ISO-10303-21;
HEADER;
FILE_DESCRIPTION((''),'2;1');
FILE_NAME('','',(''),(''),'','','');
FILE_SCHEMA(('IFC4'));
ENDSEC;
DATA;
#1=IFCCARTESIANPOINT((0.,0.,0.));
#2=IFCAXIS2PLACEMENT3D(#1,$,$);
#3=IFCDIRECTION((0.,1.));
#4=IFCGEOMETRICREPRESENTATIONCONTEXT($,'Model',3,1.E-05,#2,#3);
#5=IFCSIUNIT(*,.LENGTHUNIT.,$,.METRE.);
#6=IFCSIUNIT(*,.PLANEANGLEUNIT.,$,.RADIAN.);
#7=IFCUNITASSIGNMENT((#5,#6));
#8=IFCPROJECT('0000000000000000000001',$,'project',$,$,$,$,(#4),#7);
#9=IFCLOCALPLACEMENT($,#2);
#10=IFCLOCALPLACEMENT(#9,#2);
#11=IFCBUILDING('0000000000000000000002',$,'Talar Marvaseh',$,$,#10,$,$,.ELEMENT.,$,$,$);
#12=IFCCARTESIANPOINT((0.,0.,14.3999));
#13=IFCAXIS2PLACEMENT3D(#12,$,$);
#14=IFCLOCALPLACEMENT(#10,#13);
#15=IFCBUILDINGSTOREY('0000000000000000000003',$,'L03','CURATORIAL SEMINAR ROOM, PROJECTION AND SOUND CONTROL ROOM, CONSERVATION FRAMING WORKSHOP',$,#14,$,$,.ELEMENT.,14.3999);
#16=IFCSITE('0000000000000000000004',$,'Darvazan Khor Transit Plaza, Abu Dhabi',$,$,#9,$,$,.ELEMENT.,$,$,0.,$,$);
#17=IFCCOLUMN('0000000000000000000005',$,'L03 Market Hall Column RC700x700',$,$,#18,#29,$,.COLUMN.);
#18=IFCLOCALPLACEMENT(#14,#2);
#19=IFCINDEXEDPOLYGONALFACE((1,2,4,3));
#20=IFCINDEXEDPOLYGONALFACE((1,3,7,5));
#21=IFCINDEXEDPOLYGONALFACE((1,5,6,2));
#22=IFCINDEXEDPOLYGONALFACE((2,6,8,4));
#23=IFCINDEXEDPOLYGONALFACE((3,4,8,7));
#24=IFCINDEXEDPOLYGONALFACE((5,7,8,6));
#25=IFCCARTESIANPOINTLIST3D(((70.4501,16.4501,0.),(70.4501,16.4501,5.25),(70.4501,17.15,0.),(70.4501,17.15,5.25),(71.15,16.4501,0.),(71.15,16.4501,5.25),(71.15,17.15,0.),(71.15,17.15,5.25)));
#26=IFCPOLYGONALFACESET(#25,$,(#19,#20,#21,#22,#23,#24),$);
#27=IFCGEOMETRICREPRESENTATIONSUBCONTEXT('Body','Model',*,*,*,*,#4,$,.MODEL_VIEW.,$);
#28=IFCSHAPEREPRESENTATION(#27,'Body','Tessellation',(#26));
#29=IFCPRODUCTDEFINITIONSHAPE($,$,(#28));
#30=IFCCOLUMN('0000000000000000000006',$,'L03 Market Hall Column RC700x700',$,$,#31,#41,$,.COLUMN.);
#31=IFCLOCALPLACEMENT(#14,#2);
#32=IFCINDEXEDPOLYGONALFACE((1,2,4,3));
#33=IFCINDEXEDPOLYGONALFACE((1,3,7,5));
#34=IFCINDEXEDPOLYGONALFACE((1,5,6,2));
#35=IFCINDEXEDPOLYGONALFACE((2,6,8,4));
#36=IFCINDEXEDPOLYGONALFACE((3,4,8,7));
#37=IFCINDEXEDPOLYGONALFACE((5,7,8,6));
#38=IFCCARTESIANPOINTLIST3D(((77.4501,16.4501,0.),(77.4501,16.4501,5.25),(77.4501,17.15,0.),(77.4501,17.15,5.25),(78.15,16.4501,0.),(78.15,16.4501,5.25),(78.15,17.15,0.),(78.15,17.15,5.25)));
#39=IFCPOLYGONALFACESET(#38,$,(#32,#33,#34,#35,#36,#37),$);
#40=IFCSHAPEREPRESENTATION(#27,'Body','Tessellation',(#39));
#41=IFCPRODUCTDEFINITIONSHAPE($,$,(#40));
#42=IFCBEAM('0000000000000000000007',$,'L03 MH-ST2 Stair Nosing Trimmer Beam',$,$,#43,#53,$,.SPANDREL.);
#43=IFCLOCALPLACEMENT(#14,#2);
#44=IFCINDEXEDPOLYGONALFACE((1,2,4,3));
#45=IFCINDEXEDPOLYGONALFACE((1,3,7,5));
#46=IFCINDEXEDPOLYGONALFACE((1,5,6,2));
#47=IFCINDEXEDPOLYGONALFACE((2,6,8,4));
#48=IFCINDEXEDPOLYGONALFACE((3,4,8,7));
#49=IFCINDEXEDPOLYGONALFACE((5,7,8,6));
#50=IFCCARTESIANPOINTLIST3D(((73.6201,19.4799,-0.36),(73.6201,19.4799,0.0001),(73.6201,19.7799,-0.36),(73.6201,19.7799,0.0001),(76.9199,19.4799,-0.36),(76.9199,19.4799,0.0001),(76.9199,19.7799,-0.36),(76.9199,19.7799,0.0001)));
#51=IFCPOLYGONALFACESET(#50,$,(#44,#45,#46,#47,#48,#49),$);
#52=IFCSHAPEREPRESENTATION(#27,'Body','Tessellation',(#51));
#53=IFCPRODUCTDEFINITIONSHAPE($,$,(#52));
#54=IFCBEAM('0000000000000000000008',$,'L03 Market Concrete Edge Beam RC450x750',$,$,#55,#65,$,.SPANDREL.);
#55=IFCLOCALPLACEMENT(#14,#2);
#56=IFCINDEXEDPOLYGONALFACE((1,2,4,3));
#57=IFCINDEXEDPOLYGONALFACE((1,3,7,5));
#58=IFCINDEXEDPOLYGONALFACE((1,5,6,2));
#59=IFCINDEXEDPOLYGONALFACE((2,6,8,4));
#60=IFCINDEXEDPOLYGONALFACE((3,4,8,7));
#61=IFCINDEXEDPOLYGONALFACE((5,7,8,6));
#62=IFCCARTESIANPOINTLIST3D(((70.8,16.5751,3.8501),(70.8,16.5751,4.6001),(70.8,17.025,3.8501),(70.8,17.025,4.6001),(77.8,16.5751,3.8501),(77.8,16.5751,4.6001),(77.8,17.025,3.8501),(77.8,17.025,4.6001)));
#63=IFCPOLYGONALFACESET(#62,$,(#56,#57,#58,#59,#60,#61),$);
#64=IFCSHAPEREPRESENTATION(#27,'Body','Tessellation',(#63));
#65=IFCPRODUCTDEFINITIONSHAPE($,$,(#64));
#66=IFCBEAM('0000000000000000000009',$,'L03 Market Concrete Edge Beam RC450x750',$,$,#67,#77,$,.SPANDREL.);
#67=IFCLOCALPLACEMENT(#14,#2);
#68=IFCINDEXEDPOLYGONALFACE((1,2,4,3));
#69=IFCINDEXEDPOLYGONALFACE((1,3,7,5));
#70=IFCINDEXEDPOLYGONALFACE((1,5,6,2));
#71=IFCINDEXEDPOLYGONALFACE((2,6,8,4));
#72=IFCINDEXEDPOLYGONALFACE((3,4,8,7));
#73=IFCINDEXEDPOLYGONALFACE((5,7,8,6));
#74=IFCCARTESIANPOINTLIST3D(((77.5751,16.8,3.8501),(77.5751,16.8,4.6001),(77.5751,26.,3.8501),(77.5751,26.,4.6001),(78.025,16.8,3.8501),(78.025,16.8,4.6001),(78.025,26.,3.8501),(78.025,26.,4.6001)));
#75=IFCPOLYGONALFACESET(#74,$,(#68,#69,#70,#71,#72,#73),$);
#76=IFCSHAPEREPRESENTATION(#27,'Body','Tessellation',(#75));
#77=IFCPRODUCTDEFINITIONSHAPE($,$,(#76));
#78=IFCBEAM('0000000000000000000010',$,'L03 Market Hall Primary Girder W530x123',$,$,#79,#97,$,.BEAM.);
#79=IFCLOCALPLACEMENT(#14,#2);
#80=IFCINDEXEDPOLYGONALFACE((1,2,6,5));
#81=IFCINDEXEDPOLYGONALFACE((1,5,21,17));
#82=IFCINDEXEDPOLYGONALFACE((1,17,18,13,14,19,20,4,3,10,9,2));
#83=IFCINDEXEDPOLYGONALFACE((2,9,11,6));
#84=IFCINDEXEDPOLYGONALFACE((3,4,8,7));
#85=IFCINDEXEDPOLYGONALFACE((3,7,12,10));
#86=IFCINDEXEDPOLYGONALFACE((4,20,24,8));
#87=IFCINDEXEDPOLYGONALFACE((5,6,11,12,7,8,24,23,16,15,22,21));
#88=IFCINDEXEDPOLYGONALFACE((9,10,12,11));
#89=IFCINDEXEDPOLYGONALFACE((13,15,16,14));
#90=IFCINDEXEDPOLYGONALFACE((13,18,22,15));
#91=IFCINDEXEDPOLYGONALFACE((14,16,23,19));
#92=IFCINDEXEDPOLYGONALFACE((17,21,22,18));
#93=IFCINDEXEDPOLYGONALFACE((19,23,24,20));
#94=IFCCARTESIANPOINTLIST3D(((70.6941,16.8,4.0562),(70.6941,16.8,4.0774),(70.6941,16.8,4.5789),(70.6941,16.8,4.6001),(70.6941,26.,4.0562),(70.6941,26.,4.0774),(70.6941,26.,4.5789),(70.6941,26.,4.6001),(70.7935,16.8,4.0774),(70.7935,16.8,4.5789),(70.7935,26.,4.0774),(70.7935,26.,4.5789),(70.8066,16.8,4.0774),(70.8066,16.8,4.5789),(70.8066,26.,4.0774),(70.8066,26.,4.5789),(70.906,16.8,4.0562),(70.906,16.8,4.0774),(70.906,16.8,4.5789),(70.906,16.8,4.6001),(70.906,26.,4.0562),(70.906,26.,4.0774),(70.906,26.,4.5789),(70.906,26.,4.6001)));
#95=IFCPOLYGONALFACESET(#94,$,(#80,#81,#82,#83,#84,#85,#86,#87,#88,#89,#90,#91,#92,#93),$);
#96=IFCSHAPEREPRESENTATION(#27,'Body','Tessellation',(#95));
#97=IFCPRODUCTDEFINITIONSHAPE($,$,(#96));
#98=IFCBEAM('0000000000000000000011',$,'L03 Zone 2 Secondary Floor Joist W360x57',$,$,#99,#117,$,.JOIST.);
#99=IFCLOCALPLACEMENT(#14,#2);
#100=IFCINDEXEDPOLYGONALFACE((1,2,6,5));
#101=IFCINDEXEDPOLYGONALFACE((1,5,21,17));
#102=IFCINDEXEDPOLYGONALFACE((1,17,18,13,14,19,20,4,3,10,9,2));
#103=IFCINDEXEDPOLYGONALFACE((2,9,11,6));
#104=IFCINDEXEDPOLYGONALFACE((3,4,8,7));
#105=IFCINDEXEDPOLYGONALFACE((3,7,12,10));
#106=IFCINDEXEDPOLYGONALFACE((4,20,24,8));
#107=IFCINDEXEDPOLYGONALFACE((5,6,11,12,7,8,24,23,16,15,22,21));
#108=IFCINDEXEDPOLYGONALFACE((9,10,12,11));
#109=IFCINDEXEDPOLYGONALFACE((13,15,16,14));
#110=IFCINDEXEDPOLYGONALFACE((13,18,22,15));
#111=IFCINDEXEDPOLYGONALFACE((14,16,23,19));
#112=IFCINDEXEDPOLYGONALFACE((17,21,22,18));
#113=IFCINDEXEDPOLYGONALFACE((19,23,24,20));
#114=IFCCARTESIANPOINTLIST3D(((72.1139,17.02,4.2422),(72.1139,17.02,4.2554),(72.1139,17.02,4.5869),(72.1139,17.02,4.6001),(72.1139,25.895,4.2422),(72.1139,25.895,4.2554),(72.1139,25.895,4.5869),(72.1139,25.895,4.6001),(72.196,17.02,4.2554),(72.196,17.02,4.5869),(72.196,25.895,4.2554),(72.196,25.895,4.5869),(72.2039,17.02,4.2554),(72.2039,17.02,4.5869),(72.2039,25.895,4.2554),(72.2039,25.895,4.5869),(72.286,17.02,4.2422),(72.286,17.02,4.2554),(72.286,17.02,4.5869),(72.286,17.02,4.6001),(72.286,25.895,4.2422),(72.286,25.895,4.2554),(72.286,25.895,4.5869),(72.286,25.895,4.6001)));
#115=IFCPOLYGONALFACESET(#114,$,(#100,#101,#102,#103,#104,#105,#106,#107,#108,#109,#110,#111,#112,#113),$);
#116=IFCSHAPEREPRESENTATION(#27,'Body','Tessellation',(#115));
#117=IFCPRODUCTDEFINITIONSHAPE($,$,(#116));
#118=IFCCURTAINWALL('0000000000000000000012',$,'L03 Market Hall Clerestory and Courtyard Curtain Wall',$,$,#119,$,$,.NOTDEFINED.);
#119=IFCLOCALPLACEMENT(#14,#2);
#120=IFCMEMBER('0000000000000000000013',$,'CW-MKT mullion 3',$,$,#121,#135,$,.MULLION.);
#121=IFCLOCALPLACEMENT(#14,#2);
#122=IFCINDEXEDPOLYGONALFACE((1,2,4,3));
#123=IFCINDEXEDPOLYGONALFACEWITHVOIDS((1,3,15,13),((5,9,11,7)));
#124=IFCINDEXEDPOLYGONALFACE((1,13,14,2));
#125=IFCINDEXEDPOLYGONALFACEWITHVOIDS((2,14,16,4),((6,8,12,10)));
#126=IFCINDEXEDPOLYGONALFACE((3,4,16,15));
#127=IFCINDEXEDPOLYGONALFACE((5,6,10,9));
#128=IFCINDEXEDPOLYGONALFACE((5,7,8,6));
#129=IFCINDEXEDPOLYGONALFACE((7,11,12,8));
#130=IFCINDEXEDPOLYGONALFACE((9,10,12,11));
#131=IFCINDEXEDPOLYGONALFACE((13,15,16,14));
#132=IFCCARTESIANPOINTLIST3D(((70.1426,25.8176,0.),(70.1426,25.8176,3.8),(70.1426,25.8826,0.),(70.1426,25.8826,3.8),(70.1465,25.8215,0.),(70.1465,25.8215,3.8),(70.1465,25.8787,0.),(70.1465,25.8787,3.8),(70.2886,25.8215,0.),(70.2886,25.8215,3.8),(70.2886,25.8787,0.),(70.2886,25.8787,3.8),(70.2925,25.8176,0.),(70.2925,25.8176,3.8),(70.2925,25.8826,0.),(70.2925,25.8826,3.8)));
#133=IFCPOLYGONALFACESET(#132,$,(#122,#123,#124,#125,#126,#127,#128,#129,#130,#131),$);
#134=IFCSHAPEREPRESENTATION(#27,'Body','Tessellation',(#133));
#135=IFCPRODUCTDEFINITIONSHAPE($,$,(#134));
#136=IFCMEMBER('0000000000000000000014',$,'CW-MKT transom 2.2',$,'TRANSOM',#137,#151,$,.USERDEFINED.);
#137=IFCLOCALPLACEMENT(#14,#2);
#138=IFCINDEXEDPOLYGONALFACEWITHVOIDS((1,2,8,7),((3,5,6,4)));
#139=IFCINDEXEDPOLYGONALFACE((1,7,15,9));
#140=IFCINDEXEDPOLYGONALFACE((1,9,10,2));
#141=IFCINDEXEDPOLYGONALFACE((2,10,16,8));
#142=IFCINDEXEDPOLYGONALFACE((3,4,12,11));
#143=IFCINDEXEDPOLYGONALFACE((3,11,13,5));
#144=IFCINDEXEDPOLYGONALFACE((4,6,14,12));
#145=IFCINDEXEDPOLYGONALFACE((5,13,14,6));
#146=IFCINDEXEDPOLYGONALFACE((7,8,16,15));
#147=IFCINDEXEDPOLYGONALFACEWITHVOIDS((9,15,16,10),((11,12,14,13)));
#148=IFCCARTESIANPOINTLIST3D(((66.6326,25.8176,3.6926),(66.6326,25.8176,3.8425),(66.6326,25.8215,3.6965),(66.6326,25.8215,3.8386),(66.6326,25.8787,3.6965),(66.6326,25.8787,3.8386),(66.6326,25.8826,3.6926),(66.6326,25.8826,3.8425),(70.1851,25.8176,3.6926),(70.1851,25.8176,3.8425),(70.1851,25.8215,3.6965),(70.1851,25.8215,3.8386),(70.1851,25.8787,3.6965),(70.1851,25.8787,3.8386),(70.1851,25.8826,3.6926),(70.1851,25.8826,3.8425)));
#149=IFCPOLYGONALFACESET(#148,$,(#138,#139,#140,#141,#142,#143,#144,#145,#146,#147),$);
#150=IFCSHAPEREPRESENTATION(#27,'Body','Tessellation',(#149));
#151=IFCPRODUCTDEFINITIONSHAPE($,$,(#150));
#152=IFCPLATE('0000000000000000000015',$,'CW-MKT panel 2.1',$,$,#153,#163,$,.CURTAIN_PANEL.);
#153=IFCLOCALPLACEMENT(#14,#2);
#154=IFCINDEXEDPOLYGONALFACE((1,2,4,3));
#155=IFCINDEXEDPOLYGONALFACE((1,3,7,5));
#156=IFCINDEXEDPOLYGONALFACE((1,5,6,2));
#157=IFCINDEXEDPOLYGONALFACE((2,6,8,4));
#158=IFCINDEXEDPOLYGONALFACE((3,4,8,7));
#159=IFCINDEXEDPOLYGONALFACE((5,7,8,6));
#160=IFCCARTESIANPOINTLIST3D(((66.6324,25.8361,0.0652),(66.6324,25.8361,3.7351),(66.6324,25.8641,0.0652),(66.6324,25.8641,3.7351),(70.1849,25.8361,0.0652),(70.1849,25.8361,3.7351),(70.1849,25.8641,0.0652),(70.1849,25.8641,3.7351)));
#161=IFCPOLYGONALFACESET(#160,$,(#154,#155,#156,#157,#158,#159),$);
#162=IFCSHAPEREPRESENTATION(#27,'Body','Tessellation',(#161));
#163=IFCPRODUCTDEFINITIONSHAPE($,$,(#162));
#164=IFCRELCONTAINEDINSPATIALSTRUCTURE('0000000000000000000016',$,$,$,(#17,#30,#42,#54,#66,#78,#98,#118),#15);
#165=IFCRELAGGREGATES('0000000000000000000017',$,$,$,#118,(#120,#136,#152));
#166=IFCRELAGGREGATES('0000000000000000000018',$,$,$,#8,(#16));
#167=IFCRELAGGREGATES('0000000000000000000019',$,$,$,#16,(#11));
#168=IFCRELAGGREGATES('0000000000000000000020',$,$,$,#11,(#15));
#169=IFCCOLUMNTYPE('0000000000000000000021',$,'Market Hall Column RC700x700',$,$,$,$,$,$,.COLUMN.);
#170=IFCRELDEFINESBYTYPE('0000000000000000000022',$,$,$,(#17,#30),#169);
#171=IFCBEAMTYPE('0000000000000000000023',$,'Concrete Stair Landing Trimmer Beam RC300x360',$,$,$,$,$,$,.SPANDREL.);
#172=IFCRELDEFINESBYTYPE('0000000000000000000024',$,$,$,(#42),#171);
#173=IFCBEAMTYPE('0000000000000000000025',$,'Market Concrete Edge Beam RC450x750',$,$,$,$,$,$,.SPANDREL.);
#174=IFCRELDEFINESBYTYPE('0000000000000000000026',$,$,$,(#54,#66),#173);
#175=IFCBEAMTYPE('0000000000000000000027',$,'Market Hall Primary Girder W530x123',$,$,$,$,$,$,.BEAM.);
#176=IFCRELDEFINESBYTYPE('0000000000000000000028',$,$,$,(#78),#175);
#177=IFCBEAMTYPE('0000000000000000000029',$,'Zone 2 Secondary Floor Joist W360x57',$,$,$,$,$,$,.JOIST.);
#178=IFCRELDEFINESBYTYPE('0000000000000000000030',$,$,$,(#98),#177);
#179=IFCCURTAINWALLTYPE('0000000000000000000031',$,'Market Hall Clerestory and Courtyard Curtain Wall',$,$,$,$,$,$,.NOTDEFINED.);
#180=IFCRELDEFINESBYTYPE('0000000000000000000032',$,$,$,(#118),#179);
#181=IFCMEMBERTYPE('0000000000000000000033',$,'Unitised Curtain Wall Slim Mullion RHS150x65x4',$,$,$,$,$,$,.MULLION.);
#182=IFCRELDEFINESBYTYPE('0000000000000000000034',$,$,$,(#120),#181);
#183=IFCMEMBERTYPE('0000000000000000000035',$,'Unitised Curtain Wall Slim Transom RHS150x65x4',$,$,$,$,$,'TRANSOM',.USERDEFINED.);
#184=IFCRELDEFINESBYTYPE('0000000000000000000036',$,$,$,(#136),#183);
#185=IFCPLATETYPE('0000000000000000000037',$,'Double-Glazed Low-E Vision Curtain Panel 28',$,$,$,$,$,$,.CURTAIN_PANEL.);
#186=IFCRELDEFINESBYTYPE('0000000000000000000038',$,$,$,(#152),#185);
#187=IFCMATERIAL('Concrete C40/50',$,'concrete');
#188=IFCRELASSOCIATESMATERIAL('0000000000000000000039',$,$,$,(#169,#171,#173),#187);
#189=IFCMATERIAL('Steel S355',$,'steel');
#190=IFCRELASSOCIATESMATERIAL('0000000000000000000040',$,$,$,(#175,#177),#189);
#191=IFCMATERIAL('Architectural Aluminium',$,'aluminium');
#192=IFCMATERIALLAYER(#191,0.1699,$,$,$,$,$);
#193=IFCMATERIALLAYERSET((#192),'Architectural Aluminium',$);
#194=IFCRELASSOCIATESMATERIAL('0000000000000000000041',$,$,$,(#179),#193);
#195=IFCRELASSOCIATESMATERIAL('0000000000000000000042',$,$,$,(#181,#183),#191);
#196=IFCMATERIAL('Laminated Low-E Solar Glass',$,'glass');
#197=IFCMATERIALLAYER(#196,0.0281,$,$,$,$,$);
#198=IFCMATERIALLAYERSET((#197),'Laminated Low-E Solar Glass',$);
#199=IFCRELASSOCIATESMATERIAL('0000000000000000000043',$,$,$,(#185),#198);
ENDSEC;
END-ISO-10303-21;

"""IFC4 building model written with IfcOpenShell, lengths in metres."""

from ifc_helpers import new_model, si_unit, direction, frame, origin, origin_2d, place, context, subcontext, project, spatial, rectangle, hollow_rectangle, i_section, extrude, source, transform, mapped, material, layer, layer_set, material_profile, profile_set, type_object, type_shapes, element, aggregate, save


model = new_model("IFC4")

# Units and contexts
model_context = context("Model", 3, precision=1e-05, world=origin(), true_north=direction((0.0, 1.0)))
body_context = subcontext(model_context, "Body", "Model", "MODEL_VIEW")
ifc_project = project(units=[si_unit("LENGTHUNIT", "METRE"), si_unit("PLANEANGLEUNIT", "RADIAN")], contexts=[model_context])

# Site, building, storey
site_placement = place(None, origin())
site = spatial("IfcSite", under=ifc_project, at=site_placement, Name="Darvazan Khor Transit Plaza, Abu Dhabi", CompositionType="ELEMENT", RefElevation=0.0)
building_placement = place(site_placement, origin())
building = spatial("IfcBuilding", under=site, at=building_placement, Name="Talar Marvaseh", CompositionType="ELEMENT")
storey_placement = place(building_placement, frame((0.0, 0.0, 14.3999)))
storey = spatial("IfcBuildingStorey", under=building, at=storey_placement, Name="L03", Description="CURATORIAL SEMINAR ROOM, PROJECTION AND SOUND CONTROL ROOM, CONSERVATION FRAMING WORKSHOP", CompositionType="ELEMENT", Elevation=14.3999)

# Columns
ifc_material_1 = material(Name="Concrete C40/50", Category="concrete")
ifc_material_profile_1 = material_profile(ifc_material_1, rectangle(XDim=0.7, YDim=0.7, at=origin_2d()), Name="RC700x700")
ifc_profile_set_1 = profile_set([ifc_material_profile_1], Name="Concrete C40/50")
column_type = type_object("IfcColumnType", Name="Market Hall Column RC700x700", PredefinedType="COLUMN", material=ifc_profile_set_1)
for number, where, z_axis, x_axis, name in (
    (1, (70.8, 16.8, 0.0), (0.0, 0.0, 1.0), (1.0, 0.0, 0.0), "L03 Market Hall Column RC700x700"),
    (2, (77.8, 16.8, 0.0), (0.0, 0.0, 1.0), (1.0, 0.0, 0.0), "L03 Market Hall Column RC700x700"),
):
    element("IfcColumn", number, at=place(storey_placement, frame(where, z_axis=z_axis, x_axis=x_axis)), inside=storey, type_object=column_type, Name=name, PredefinedType="COLUMN", context=body_context, shape_type="SweptSolid", body=[
        extrude(rectangle(XDim=0.7, YDim=0.7, at=origin_2d()), origin(), (0.0, 0.0, 1.0), 5.25),
    ])

# Beams
ifc_material_profile_2 = material_profile(ifc_material_1, rectangle(XDim=0.3, YDim=0.3601, at=origin_2d()), Name="RC300x360")
ifc_profile_set_2 = profile_set([ifc_material_profile_2], Name="Concrete C40/50")
beam_type_1 = type_object("IfcBeamType", Name="Concrete Stair Landing Trimmer Beam RC300x360", PredefinedType="SPANDREL", material=ifc_profile_set_2)
beam_1_placement = place(storey_placement, frame((76.9199, 19.6299, -0.1799), z_axis=(-1.0, 0.0, 0.0), x_axis=(0.0, -1.0, 0.0)))
element("IfcBeam", 3, at=beam_1_placement, inside=storey, type_object=beam_type_1, Name="L03 MH-ST2 Stair Nosing Trimmer Beam", PredefinedType="SPANDREL", context=body_context, shape_type="SweptSolid", body=[
    extrude(rectangle(XDim=0.3, YDim=0.3601, at=origin_2d()), origin(), (0.0, 0.0, 1.0), 3.2998),
])
ifc_material_profile_3 = material_profile(ifc_material_1, rectangle(XDim=0.45, YDim=0.75, at=origin_2d()), Name="RC450x750")
ifc_profile_set_3 = profile_set([ifc_material_profile_3], Name="Concrete C40/50")
beam_type_2 = type_object("IfcBeamType", Name="Market Concrete Edge Beam RC450x750", PredefinedType="SPANDREL", material=ifc_profile_set_3)
beam_2_placement = place(storey_placement, frame((70.8, 16.8, 4.2251), z_axis=(1.0, 0.0, 0.0), x_axis=(0.0, 1.0, 0.0)))
element("IfcBeam", 4, at=beam_2_placement, inside=storey, type_object=beam_type_2, Name="L03 Market Concrete Edge Beam RC450x750", PredefinedType="SPANDREL", context=body_context, shape_type="SweptSolid", body=[
    extrude(rectangle(XDim=0.45, YDim=0.75, at=origin_2d()), origin(), (0.0, 0.0, 1.0), 7.0),
])
beam_3_placement = place(storey_placement, frame((77.8, 16.8, 4.2251), z_axis=(0.0, 1.0, 0.0), x_axis=(-1.0, 0.0, 0.0)))
element("IfcBeam", 5, at=beam_3_placement, inside=storey, type_object=beam_type_2, Name="L03 Market Concrete Edge Beam RC450x750", PredefinedType="SPANDREL", context=body_context, shape_type="SweptSolid", body=[
    extrude(rectangle(XDim=0.45, YDim=0.75, at=origin_2d()), origin(), (0.0, 0.0, 1.0), 9.2),
])
ifc_material_2 = material(Name="Steel S355", Category="steel")
ifc_material_profile_4 = material_profile(ifc_material_2, i_section(OverallWidth=0.2119, OverallDepth=0.5439, WebThickness=0.0132, FlangeThickness=0.0212, at=origin_2d()), Name="W530x123")
ifc_profile_set_4 = profile_set([ifc_material_profile_4], Name="Steel S355")
beam_type_3 = type_object("IfcBeamType", Name="Market Hall Primary Girder W530x123", PredefinedType="BEAM", material=ifc_profile_set_4)
beam_4_placement = place(storey_placement, frame((70.8, 16.8, 4.3281), z_axis=(0.0, 1.0, 0.0), x_axis=(-1.0, 0.0, 0.0)))
element("IfcBeam", 6, at=beam_4_placement, inside=storey, type_object=beam_type_3, Name="L03 Market Hall Primary Girder W530x123", PredefinedType="BEAM", context=body_context, shape_type="SweptSolid", body=[
    extrude(i_section(OverallWidth=0.2119, OverallDepth=0.5439, WebThickness=0.0132, FlangeThickness=0.0212, at=origin_2d()), origin(), (0.0, 0.0, 1.0), 9.2),
])
ifc_material_profile_5 = material_profile(ifc_material_2, i_section(OverallWidth=0.1721, OverallDepth=0.3579, WebThickness=0.0078, FlangeThickness=0.0132, at=origin_2d()), Name="W360x57")
ifc_profile_set_5 = profile_set([ifc_material_profile_5], Name="Steel S355")
beam_type_4 = type_object("IfcBeamType", Name="Zone 2 Secondary Floor Joist W360x57", PredefinedType="JOIST", material=ifc_profile_set_5)
beam_5_placement = place(storey_placement, frame((72.2, 17.02, 4.4211), z_axis=(0.0, 1.0, 0.0), x_axis=(-1.0, 0.0, 0.0)))
element("IfcBeam", 7, at=beam_5_placement, inside=storey, type_object=beam_type_4, Name="L03 Zone 2 Secondary Floor Joist W360x57", PredefinedType="JOIST", context=body_context, shape_type="SweptSolid", body=[
    extrude(i_section(OverallWidth=0.1721, OverallDepth=0.3579, WebThickness=0.0078, FlangeThickness=0.0132, at=origin_2d()), origin(), (0.0, 0.0, 1.0), 8.875),
])

# Curtain wall, members, plate
ifc_material_3 = material(Name="Architectural Aluminium", Category="aluminium")
ifc_layer_1 = layer(ifc_material_3, 0.1699)
ifc_layer_set_1 = layer_set([ifc_layer_1], Name="Architectural Aluminium")
curtain_wall_type = type_object("IfcCurtainWallType", Name="Market Hall Clerestory and Courtyard Curtain Wall", PredefinedType="NOTDEFINED", material=ifc_layer_set_1)
curtain_wall_placement = place(storey_placement, origin())
curtain_wall = element("IfcCurtainWall", 8, at=curtain_wall_placement, inside=storey, type_object=curtain_wall_type, Name="L03 Market Hall Clerestory and Courtyard Curtain Wall", PredefinedType="NOTDEFINED")
ifc_material_profile_6 = material_profile(ifc_material_3, hollow_rectangle(XDim=0.0649, YDim=0.1499, WallThickness=0.0039, at=origin_2d()), Name="RHS150x65x4")
ifc_profile_set_6 = profile_set([ifc_material_profile_6], Name="Architectural Aluminium")
member_type_1 = type_object("IfcMemberType", Name="Unitised Curtain Wall Slim Mullion RHS150x65x4", PredefinedType="MULLION", material=ifc_profile_set_6)
shared_shape_1 = source(origin(), body_context, "Body", "SweptSolid", [
    extrude(hollow_rectangle(XDim=0.0649, YDim=0.1499, WallThickness=0.0039, at=origin_2d()), origin(), (0.0, 0.0, 1.0), 3.8),
])
type_shapes(member_type_1, [shared_shape_1])
member_1_placement = place(storey_placement, frame((70.2175, 25.8501, 0.0), z_axis=(0.0, 0.0, 1.0), x_axis=(0.0, 1.0, 0.0)))
member_1 = element("IfcMember", 9, at=member_1_placement, type_object=member_type_1, Name="CW-MKT mullion 3", PredefinedType="MULLION", context=body_context, shape_type="MappedRepresentation", body=[
    mapped(shared_shape_1, transform((0.0, 0.0, 0.0), x_axis=(1.0, 0.0, 0.0), y_axis=(0.0, 1.0, 0.0), z_axis=(0.0, 0.0, 1.0), scale=1.0)),
])
ifc_material_profile_7 = material_profile(ifc_material_3, hollow_rectangle(XDim=0.0649, YDim=0.1499, WallThickness=0.0039, at=origin_2d()), Name="RHS150x65x4")
ifc_profile_set_7 = profile_set([ifc_material_profile_7], Name="Architectural Aluminium")
member_type_2 = type_object("IfcMemberType", Name="Unitised Curtain Wall Slim Transom RHS150x65x4", ElementType="TRANSOM", PredefinedType="USERDEFINED", material=ifc_profile_set_7)
shared_shape_2 = source(origin(), body_context, "Body", "SweptSolid", [
    extrude(hollow_rectangle(XDim=0.0649, YDim=0.1499, WallThickness=0.0039, at=origin_2d()), origin(), (0.0, 0.0, 1.0), 3.5525),
])
type_shapes(member_type_2, [shared_shape_2])
member_2_placement = place(storey_placement, frame((66.6326, 25.8501, 3.7676), z_axis=(1.0, 0.0, 0.0), x_axis=(0.0, 1.0, 0.0)))
member_2 = element("IfcMember", 10, at=member_2_placement, type_object=member_type_2, Name="CW-MKT transom 2.2", ObjectType="TRANSOM", PredefinedType="USERDEFINED", context=body_context, shape_type="MappedRepresentation", body=[
    mapped(shared_shape_2, transform((0.0, 0.0, 0.0), x_axis=(1.0, 0.0, 0.0), y_axis=(0.0, 1.0, 0.0), z_axis=(0.0, 0.0, 1.0), scale=1.0)),
])
ifc_material_4 = material(Name="Laminated Low-E Solar Glass", Category="glass")
ifc_layer_2 = layer(ifc_material_4, 0.0281)
ifc_layer_set_2 = layer_set([ifc_layer_2], Name="Laminated Low-E Solar Glass")
plate_type = type_object("IfcPlateType", Name="Double-Glazed Low-E Vision Curtain Panel 28", PredefinedType="CURTAIN_PANEL", material=ifc_layer_set_2)
shared_shape_3 = source(origin(), body_context, "Body", "SweptSolid", [
    extrude(rectangle(XDim=3.5525, YDim=0.0281, at=origin_2d()), origin(), (0.0, 0.0, 1.0), 3.6699),
])
type_shapes(plate_type, [shared_shape_3])
plate_placement = place(storey_placement, frame((68.4087, 25.8501, 0.0652), z_axis=(0.0, 0.0, 1.0), x_axis=(1.0, 0.0, 0.0)))
plate = element("IfcPlate", 11, at=plate_placement, type_object=plate_type, Name="CW-MKT panel 2.1", PredefinedType="CURTAIN_PANEL", context=body_context, shape_type="MappedRepresentation", body=[
    mapped(shared_shape_3, transform((0.0, 0.0, 0.0), x_axis=(1.0, 0.0, 0.0), y_axis=(0.0, 1.0, 0.0), z_axis=(0.0, 0.0, 1.0), scale=1.0)),
])
aggregate(curtain_wall, [member_1, member_2, plate])

save(model, "model.ifc")
